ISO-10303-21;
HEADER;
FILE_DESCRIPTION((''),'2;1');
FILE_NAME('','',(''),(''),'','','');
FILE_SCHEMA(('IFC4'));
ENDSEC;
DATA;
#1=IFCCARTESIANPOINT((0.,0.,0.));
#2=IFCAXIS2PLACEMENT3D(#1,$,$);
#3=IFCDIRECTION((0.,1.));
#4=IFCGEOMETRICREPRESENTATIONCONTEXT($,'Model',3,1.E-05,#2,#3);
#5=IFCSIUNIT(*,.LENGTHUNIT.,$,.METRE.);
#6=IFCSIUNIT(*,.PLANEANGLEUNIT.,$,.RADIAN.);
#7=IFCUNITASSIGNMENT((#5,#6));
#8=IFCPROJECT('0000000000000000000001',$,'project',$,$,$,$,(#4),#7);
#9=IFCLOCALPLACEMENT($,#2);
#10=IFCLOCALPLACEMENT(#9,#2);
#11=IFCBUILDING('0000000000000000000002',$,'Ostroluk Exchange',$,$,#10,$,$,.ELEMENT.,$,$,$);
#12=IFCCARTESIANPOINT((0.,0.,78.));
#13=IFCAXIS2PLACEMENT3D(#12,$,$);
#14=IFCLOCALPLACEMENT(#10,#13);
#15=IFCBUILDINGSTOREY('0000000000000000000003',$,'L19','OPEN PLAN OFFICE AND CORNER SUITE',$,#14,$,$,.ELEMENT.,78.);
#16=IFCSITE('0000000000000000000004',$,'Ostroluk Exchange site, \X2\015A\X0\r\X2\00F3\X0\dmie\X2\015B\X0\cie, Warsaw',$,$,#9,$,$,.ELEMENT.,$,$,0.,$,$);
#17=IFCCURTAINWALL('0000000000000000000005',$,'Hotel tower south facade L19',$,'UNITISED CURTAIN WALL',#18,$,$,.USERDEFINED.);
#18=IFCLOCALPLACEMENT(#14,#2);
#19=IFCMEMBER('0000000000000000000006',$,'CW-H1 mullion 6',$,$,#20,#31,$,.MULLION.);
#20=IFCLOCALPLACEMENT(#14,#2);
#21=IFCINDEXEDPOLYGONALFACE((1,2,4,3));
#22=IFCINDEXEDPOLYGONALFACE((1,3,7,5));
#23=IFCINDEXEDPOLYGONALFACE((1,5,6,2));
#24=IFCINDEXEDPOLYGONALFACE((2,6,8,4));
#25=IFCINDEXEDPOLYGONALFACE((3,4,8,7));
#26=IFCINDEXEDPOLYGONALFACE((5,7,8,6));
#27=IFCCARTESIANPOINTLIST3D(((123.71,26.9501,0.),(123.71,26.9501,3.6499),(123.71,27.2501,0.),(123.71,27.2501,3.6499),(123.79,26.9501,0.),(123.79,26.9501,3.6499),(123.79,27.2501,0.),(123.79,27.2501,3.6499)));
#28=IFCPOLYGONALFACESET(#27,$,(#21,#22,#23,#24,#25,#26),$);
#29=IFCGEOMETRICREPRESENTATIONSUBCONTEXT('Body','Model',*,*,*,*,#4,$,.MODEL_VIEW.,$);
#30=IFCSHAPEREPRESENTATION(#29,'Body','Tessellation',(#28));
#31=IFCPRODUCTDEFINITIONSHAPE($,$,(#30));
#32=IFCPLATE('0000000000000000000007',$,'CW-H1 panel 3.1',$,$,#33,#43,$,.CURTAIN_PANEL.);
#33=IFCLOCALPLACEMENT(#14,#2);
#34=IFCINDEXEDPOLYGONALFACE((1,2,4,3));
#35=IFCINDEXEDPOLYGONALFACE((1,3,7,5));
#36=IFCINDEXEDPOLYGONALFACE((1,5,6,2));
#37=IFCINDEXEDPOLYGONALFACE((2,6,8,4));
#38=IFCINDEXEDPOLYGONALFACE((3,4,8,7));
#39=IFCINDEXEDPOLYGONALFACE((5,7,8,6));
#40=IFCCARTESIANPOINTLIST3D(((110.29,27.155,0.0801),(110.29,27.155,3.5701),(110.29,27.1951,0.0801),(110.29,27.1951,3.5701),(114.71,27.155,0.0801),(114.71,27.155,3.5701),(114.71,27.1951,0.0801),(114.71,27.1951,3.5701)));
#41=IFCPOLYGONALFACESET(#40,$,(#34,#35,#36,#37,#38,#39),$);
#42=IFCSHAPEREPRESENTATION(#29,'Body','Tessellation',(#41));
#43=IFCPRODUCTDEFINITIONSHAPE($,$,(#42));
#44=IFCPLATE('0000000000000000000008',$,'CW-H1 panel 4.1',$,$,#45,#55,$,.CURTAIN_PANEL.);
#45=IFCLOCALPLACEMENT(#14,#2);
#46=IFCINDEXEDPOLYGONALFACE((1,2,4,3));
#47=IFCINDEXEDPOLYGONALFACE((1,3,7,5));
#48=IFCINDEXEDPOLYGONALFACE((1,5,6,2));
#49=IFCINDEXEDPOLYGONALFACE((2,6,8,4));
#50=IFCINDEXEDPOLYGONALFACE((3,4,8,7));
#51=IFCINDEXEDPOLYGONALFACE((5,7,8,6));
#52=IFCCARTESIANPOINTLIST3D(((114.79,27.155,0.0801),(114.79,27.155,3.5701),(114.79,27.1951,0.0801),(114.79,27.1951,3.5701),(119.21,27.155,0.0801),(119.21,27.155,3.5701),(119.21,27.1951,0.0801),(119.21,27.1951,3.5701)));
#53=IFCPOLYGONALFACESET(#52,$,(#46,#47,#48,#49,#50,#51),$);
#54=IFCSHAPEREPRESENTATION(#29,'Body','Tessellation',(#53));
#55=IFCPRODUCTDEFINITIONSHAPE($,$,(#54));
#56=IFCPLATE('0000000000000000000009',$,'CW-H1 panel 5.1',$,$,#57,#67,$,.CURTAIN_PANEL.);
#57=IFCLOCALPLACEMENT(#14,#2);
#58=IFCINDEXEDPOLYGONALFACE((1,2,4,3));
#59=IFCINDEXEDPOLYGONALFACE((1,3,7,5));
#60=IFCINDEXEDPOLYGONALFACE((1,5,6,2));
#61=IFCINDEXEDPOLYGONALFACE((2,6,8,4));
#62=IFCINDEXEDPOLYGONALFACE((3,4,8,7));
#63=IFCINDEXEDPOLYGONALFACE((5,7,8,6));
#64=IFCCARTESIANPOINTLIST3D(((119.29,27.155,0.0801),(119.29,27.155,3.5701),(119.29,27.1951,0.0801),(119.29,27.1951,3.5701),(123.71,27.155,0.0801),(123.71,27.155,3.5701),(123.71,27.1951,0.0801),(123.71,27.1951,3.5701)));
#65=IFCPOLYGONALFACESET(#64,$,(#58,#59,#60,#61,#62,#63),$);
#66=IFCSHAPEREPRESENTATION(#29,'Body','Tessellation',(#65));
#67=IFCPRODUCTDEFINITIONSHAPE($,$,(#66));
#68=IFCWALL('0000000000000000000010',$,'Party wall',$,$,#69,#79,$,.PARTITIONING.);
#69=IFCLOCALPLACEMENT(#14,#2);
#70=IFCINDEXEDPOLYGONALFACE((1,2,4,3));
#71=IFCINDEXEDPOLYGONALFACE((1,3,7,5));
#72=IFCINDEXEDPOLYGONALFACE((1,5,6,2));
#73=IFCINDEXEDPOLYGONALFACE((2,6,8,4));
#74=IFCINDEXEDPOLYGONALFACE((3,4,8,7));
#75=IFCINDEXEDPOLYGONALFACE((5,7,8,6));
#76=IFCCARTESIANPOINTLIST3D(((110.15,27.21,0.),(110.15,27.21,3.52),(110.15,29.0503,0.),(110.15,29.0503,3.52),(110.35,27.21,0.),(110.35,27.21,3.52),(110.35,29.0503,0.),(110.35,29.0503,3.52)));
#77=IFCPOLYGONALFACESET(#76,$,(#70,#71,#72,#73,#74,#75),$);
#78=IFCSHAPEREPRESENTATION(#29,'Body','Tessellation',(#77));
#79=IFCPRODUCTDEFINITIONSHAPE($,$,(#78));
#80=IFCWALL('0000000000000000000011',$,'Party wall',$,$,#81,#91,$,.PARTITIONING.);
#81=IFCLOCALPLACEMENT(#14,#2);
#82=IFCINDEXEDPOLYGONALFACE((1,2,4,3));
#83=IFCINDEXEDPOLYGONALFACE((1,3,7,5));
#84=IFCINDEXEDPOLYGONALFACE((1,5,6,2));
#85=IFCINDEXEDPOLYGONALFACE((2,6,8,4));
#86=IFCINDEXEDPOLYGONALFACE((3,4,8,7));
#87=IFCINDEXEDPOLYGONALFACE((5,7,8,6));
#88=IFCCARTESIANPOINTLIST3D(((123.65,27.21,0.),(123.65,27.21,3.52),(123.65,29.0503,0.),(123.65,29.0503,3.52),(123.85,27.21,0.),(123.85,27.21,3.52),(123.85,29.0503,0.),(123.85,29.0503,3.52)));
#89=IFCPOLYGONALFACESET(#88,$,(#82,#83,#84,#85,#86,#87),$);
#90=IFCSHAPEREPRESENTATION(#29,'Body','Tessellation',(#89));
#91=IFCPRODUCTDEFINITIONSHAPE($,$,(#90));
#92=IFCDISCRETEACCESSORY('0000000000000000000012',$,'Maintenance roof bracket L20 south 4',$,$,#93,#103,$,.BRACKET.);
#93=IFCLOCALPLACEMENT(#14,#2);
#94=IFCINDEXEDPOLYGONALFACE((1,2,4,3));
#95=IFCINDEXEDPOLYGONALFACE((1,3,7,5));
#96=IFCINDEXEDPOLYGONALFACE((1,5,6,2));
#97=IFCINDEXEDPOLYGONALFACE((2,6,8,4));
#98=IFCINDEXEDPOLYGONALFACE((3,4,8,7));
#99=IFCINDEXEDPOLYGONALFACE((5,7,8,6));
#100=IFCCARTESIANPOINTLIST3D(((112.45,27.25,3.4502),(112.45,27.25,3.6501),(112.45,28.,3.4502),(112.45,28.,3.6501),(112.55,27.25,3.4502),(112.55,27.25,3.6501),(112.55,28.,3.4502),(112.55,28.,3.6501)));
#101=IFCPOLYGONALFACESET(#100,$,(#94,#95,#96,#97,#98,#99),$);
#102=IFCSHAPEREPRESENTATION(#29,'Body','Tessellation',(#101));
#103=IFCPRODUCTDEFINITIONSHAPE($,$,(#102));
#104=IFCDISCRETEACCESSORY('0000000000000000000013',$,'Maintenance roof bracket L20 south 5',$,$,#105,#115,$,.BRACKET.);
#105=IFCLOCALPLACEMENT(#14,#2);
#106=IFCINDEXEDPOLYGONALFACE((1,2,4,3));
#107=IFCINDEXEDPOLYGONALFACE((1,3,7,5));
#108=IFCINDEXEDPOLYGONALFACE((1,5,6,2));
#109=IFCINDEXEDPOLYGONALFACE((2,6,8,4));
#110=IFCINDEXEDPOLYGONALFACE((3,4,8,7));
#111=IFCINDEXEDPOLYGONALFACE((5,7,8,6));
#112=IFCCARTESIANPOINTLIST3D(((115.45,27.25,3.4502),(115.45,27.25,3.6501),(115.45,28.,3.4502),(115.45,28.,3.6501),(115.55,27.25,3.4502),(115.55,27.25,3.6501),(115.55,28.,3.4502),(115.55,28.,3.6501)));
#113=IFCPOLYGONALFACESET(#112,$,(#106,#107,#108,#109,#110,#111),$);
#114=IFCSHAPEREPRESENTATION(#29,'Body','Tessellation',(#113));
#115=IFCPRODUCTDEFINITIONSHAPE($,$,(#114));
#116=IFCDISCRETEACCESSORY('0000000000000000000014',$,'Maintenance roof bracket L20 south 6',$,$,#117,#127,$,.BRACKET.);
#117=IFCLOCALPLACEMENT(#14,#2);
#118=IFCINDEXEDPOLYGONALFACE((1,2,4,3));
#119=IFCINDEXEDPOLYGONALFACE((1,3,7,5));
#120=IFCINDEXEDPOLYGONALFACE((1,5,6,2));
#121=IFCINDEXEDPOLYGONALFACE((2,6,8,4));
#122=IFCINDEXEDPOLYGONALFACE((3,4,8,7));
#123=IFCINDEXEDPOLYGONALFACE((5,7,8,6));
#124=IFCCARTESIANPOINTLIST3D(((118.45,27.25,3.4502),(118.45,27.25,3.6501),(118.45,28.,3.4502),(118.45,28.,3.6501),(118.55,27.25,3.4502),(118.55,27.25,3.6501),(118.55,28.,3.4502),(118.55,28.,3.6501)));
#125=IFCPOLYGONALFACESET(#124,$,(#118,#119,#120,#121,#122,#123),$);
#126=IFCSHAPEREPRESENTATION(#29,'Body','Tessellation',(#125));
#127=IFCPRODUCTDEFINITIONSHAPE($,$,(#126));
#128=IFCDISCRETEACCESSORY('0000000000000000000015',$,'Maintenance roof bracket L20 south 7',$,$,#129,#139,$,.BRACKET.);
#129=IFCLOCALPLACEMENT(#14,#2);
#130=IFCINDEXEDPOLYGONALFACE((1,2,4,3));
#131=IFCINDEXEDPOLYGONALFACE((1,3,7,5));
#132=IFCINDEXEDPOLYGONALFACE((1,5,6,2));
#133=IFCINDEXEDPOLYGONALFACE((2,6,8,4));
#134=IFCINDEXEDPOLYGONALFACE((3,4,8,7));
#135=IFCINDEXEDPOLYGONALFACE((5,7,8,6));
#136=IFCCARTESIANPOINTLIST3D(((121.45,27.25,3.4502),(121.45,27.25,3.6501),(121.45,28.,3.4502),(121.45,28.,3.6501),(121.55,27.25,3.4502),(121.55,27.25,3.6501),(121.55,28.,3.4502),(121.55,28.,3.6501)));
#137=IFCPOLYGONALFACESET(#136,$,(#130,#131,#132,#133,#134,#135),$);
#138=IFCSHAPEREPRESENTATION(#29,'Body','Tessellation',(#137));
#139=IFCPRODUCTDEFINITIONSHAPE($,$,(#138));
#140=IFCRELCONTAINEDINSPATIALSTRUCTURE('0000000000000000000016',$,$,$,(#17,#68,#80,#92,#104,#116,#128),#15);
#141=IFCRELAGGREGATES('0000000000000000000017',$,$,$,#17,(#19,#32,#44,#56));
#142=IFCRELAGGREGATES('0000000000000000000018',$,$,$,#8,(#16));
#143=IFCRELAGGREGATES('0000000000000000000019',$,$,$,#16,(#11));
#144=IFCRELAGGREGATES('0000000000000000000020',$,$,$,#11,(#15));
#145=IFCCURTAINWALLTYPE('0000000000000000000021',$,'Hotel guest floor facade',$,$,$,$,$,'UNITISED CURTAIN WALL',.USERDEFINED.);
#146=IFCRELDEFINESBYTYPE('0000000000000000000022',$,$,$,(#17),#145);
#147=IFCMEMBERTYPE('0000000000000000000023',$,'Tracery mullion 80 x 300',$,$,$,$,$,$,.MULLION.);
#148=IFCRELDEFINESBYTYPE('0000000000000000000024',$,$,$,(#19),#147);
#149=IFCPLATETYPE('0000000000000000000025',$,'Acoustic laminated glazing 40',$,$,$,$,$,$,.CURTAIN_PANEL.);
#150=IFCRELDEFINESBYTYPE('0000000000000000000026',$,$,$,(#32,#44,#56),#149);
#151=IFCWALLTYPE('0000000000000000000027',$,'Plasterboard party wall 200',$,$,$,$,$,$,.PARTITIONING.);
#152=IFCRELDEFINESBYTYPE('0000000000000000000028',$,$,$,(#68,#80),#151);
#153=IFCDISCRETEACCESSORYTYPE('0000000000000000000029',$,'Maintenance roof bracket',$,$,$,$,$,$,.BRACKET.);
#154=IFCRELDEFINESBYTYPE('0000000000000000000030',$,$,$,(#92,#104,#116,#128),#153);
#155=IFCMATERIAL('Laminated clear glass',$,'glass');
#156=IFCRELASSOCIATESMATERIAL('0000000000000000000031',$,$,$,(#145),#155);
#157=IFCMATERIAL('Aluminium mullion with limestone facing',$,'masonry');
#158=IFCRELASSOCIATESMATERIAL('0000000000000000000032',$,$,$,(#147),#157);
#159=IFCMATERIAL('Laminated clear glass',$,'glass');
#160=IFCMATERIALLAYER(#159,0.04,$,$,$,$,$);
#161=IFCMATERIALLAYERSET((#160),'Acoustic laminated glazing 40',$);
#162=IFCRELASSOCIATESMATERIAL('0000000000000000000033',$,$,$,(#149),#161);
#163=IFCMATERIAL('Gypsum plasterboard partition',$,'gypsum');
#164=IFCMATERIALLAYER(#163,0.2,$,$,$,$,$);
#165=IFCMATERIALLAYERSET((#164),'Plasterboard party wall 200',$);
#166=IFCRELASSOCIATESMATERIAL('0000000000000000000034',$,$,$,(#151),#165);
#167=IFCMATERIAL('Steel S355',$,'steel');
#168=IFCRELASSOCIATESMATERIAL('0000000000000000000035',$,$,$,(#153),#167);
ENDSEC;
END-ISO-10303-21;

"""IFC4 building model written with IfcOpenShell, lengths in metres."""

from ifc_helpers import new_model, si_unit, direction, frame, frame_2d, origin, origin_2d, place, context, subcontext, project, spatial, rectangle, extrude, material, layer, layer_set, material_profile, profile_set, type_object, element, aggregate, save


model = new_model("IFC4")

# Units and contexts
model_context = context("Model", 3, precision=1e-05, world=origin(), true_north=direction((0.0, 1.0)))
body_context = subcontext(model_context, "Body", "Model", "MODEL_VIEW")
ifc_project = project(units=[si_unit("LENGTHUNIT", "METRE"), si_unit("PLANEANGLEUNIT", "RADIAN")], contexts=[model_context])

# Site, building, storey
site_placement = place(None, origin())
site = spatial("IfcSite", under=ifc_project, at=site_placement, Name="Ostroluk Exchange site, Śródmieście, Warsaw", CompositionType="ELEMENT", RefElevation=0.0)
building_placement = place(site_placement, origin())
building = spatial("IfcBuilding", under=site, at=building_placement, Name="Ostroluk Exchange", CompositionType="ELEMENT")
storey_placement = place(building_placement, frame((0.0, 0.0, 78.0)))
storey = spatial("IfcBuildingStorey", under=building, at=storey_placement, Name="L19", Description="OPEN PLAN OFFICE AND CORNER SUITE", CompositionType="ELEMENT", Elevation=78.0)

# Curtain wall, member, plates
ifc_material_1 = material(Name="Laminated clear glass", Category="glass")
curtain_wall_type = type_object("IfcCurtainWallType", Name="Hotel guest floor facade", ElementType="UNITISED CURTAIN WALL", PredefinedType="USERDEFINED", material=ifc_material_1)
curtain_wall_placement = place(storey_placement, origin())
curtain_wall = element("IfcCurtainWall", 1, at=curtain_wall_placement, inside=storey, type_object=curtain_wall_type, Name="Hotel tower south facade L19", ObjectType="UNITISED CURTAIN WALL", PredefinedType="USERDEFINED")
ifc_material_2 = material(Name="Aluminium mullion with limestone facing", Category="masonry")
ifc_material_profile_1 = material_profile(ifc_material_2, rectangle(XDim=0.3, YDim=0.0801, at=origin_2d()), Name="Tracery mullion 80 x 300")
ifc_profile_set_1 = profile_set([ifc_material_profile_1], Name="Aluminium mullion with limestone facing")
member_type_1 = type_object("IfcMemberType", Name="Tracery mullion 80 x 300", PredefinedType="MULLION", material=ifc_profile_set_1)
member_1_placement = place(storey_placement, frame((123.75, 27.1001, 0.0), z_axis=(0.0, 0.0, 1.0), x_axis=(0.0, 1.0, 0.0)))
member_1 = element("IfcMember", 2, at=member_1_placement, type_object=member_type_1, Name="CW-H1 mullion 6", PredefinedType="MULLION", context=body_context, shape_type="SweptSolid", body=[
    extrude(rectangle(XDim=0.3, YDim=0.0801, at=origin_2d()), origin(), (0.0, 0.0, 1.0), 3.6499),
])
ifc_material_3 = material(Name="Laminated clear glass", Category="glass")
ifc_layer_1 = layer(ifc_material_3, 0.04)
ifc_layer_set_1 = layer_set([ifc_layer_1], Name="Acoustic laminated glazing 40")
plate_type = type_object("IfcPlateType", Name="Acoustic laminated glazing 40", PredefinedType="CURTAIN_PANEL", material=ifc_layer_set_1)
plate_1_placement = place(storey_placement, frame((112.5, 27.175, 0.0801), z_axis=(0.0, 0.0, 1.0), x_axis=(1.0, 0.0, 0.0)))
plate_1 = element("IfcPlate", 3, at=plate_1_placement, type_object=plate_type, Name="CW-H1 panel 3.1", PredefinedType="CURTAIN_PANEL", context=body_context, shape_type="SweptSolid", body=[
    extrude(rectangle(XDim=4.4199, YDim=0.04, at=origin_2d()), origin(), (0.0, 0.0, 1.0), 3.49),
])
plate_2_placement = place(storey_placement, frame((117.0, 27.175, 0.0801), z_axis=(0.0, 0.0, 1.0), x_axis=(1.0, 0.0, 0.0)))
plate_2 = element("IfcPlate", 4, at=plate_2_placement, type_object=plate_type, Name="CW-H1 panel 4.1", PredefinedType="CURTAIN_PANEL", context=body_context, shape_type="SweptSolid", body=[
    extrude(rectangle(XDim=4.4199, YDim=0.04, at=origin_2d()), origin(), (0.0, 0.0, 1.0), 3.49),
])
plate_3_placement = place(storey_placement, frame((121.5, 27.175, 0.0801), z_axis=(0.0, 0.0, 1.0), x_axis=(1.0, 0.0, 0.0)))
plate_3 = element("IfcPlate", 5, at=plate_3_placement, type_object=plate_type, Name="CW-H1 panel 5.1", PredefinedType="CURTAIN_PANEL", context=body_context, shape_type="SweptSolid", body=[
    extrude(rectangle(XDim=4.4199, YDim=0.04, at=origin_2d()), origin(), (0.0, 0.0, 1.0), 3.49),
])
aggregate(curtain_wall, [member_1, plate_1, plate_2, plate_3])

# Walls
ifc_material_4 = material(Name="Gypsum plasterboard partition", Category="gypsum")
ifc_layer_2 = layer(ifc_material_4, 0.2)
ifc_layer_set_2 = layer_set([ifc_layer_2], Name="Plasterboard party wall 200")
wall_type = type_object("IfcWallType", Name="Plasterboard party wall 200", PredefinedType="PARTITIONING", material=ifc_layer_set_2)
for number, where, z_axis, x_axis, name in (
    (6, (110.25, 29.0503, 0.0), (0.0, 0.0, 1.0), (0.0, -1.0, 0.0), "Party wall"),
    (7, (123.75, 29.0503, 0.0), (0.0, 0.0, 1.0), (0.0, -1.0, 0.0), "Party wall"),
):
    element("IfcWall", number, at=place(storey_placement, frame(where, z_axis=z_axis, x_axis=x_axis)), inside=storey, type_object=wall_type, Name=name, PredefinedType="PARTITIONING", context=body_context, shape_type="SweptSolid", body=[
        extrude(rectangle(XDim=1.8403, YDim=0.2, at=frame_2d((0.9202, 0.0))), origin(), (0.0, 0.0, 1.0), 3.52),
    ])

# Discrete accessories
ifc_material_5 = material(Name="Steel S355", Category="steel")
discrete_accessory_type = type_object("IfcDiscreteAccessoryType", Name="Maintenance roof bracket", PredefinedType="BRACKET", material=ifc_material_5)
for number, where, z_axis, x_axis, name in (
    (8, (112.5, 27.625, 3.4502), (0.0, 0.0, 1.0), (1.0, 0.0, 0.0), "Maintenance roof bracket L20 south 4"),
    (9, (115.5, 27.625, 3.4502), (0.0, 0.0, 1.0), (1.0, 0.0, 0.0), "Maintenance roof bracket L20 south 5"),
    (10, (118.5, 27.625, 3.4502), (0.0, 0.0, 1.0), (1.0, 0.0, 0.0), "Maintenance roof bracket L20 south 6"),
    (11, (121.5, 27.625, 3.4502), (0.0, 0.0, 1.0), (1.0, 0.0, 0.0), "Maintenance roof bracket L20 south 7"),
):
    element("IfcDiscreteAccessory", number, at=place(storey_placement, frame(where, z_axis=z_axis, x_axis=x_axis)), inside=storey, type_object=discrete_accessory_type, Name=name, PredefinedType="BRACKET", context=body_context, shape_type="SweptSolid", body=[
        extrude(rectangle(XDim=0.1001, YDim=0.75, at=origin_2d()), origin(), (0.0, 0.0, 1.0), 0.2),
    ])

save(model, "model.ifc")
